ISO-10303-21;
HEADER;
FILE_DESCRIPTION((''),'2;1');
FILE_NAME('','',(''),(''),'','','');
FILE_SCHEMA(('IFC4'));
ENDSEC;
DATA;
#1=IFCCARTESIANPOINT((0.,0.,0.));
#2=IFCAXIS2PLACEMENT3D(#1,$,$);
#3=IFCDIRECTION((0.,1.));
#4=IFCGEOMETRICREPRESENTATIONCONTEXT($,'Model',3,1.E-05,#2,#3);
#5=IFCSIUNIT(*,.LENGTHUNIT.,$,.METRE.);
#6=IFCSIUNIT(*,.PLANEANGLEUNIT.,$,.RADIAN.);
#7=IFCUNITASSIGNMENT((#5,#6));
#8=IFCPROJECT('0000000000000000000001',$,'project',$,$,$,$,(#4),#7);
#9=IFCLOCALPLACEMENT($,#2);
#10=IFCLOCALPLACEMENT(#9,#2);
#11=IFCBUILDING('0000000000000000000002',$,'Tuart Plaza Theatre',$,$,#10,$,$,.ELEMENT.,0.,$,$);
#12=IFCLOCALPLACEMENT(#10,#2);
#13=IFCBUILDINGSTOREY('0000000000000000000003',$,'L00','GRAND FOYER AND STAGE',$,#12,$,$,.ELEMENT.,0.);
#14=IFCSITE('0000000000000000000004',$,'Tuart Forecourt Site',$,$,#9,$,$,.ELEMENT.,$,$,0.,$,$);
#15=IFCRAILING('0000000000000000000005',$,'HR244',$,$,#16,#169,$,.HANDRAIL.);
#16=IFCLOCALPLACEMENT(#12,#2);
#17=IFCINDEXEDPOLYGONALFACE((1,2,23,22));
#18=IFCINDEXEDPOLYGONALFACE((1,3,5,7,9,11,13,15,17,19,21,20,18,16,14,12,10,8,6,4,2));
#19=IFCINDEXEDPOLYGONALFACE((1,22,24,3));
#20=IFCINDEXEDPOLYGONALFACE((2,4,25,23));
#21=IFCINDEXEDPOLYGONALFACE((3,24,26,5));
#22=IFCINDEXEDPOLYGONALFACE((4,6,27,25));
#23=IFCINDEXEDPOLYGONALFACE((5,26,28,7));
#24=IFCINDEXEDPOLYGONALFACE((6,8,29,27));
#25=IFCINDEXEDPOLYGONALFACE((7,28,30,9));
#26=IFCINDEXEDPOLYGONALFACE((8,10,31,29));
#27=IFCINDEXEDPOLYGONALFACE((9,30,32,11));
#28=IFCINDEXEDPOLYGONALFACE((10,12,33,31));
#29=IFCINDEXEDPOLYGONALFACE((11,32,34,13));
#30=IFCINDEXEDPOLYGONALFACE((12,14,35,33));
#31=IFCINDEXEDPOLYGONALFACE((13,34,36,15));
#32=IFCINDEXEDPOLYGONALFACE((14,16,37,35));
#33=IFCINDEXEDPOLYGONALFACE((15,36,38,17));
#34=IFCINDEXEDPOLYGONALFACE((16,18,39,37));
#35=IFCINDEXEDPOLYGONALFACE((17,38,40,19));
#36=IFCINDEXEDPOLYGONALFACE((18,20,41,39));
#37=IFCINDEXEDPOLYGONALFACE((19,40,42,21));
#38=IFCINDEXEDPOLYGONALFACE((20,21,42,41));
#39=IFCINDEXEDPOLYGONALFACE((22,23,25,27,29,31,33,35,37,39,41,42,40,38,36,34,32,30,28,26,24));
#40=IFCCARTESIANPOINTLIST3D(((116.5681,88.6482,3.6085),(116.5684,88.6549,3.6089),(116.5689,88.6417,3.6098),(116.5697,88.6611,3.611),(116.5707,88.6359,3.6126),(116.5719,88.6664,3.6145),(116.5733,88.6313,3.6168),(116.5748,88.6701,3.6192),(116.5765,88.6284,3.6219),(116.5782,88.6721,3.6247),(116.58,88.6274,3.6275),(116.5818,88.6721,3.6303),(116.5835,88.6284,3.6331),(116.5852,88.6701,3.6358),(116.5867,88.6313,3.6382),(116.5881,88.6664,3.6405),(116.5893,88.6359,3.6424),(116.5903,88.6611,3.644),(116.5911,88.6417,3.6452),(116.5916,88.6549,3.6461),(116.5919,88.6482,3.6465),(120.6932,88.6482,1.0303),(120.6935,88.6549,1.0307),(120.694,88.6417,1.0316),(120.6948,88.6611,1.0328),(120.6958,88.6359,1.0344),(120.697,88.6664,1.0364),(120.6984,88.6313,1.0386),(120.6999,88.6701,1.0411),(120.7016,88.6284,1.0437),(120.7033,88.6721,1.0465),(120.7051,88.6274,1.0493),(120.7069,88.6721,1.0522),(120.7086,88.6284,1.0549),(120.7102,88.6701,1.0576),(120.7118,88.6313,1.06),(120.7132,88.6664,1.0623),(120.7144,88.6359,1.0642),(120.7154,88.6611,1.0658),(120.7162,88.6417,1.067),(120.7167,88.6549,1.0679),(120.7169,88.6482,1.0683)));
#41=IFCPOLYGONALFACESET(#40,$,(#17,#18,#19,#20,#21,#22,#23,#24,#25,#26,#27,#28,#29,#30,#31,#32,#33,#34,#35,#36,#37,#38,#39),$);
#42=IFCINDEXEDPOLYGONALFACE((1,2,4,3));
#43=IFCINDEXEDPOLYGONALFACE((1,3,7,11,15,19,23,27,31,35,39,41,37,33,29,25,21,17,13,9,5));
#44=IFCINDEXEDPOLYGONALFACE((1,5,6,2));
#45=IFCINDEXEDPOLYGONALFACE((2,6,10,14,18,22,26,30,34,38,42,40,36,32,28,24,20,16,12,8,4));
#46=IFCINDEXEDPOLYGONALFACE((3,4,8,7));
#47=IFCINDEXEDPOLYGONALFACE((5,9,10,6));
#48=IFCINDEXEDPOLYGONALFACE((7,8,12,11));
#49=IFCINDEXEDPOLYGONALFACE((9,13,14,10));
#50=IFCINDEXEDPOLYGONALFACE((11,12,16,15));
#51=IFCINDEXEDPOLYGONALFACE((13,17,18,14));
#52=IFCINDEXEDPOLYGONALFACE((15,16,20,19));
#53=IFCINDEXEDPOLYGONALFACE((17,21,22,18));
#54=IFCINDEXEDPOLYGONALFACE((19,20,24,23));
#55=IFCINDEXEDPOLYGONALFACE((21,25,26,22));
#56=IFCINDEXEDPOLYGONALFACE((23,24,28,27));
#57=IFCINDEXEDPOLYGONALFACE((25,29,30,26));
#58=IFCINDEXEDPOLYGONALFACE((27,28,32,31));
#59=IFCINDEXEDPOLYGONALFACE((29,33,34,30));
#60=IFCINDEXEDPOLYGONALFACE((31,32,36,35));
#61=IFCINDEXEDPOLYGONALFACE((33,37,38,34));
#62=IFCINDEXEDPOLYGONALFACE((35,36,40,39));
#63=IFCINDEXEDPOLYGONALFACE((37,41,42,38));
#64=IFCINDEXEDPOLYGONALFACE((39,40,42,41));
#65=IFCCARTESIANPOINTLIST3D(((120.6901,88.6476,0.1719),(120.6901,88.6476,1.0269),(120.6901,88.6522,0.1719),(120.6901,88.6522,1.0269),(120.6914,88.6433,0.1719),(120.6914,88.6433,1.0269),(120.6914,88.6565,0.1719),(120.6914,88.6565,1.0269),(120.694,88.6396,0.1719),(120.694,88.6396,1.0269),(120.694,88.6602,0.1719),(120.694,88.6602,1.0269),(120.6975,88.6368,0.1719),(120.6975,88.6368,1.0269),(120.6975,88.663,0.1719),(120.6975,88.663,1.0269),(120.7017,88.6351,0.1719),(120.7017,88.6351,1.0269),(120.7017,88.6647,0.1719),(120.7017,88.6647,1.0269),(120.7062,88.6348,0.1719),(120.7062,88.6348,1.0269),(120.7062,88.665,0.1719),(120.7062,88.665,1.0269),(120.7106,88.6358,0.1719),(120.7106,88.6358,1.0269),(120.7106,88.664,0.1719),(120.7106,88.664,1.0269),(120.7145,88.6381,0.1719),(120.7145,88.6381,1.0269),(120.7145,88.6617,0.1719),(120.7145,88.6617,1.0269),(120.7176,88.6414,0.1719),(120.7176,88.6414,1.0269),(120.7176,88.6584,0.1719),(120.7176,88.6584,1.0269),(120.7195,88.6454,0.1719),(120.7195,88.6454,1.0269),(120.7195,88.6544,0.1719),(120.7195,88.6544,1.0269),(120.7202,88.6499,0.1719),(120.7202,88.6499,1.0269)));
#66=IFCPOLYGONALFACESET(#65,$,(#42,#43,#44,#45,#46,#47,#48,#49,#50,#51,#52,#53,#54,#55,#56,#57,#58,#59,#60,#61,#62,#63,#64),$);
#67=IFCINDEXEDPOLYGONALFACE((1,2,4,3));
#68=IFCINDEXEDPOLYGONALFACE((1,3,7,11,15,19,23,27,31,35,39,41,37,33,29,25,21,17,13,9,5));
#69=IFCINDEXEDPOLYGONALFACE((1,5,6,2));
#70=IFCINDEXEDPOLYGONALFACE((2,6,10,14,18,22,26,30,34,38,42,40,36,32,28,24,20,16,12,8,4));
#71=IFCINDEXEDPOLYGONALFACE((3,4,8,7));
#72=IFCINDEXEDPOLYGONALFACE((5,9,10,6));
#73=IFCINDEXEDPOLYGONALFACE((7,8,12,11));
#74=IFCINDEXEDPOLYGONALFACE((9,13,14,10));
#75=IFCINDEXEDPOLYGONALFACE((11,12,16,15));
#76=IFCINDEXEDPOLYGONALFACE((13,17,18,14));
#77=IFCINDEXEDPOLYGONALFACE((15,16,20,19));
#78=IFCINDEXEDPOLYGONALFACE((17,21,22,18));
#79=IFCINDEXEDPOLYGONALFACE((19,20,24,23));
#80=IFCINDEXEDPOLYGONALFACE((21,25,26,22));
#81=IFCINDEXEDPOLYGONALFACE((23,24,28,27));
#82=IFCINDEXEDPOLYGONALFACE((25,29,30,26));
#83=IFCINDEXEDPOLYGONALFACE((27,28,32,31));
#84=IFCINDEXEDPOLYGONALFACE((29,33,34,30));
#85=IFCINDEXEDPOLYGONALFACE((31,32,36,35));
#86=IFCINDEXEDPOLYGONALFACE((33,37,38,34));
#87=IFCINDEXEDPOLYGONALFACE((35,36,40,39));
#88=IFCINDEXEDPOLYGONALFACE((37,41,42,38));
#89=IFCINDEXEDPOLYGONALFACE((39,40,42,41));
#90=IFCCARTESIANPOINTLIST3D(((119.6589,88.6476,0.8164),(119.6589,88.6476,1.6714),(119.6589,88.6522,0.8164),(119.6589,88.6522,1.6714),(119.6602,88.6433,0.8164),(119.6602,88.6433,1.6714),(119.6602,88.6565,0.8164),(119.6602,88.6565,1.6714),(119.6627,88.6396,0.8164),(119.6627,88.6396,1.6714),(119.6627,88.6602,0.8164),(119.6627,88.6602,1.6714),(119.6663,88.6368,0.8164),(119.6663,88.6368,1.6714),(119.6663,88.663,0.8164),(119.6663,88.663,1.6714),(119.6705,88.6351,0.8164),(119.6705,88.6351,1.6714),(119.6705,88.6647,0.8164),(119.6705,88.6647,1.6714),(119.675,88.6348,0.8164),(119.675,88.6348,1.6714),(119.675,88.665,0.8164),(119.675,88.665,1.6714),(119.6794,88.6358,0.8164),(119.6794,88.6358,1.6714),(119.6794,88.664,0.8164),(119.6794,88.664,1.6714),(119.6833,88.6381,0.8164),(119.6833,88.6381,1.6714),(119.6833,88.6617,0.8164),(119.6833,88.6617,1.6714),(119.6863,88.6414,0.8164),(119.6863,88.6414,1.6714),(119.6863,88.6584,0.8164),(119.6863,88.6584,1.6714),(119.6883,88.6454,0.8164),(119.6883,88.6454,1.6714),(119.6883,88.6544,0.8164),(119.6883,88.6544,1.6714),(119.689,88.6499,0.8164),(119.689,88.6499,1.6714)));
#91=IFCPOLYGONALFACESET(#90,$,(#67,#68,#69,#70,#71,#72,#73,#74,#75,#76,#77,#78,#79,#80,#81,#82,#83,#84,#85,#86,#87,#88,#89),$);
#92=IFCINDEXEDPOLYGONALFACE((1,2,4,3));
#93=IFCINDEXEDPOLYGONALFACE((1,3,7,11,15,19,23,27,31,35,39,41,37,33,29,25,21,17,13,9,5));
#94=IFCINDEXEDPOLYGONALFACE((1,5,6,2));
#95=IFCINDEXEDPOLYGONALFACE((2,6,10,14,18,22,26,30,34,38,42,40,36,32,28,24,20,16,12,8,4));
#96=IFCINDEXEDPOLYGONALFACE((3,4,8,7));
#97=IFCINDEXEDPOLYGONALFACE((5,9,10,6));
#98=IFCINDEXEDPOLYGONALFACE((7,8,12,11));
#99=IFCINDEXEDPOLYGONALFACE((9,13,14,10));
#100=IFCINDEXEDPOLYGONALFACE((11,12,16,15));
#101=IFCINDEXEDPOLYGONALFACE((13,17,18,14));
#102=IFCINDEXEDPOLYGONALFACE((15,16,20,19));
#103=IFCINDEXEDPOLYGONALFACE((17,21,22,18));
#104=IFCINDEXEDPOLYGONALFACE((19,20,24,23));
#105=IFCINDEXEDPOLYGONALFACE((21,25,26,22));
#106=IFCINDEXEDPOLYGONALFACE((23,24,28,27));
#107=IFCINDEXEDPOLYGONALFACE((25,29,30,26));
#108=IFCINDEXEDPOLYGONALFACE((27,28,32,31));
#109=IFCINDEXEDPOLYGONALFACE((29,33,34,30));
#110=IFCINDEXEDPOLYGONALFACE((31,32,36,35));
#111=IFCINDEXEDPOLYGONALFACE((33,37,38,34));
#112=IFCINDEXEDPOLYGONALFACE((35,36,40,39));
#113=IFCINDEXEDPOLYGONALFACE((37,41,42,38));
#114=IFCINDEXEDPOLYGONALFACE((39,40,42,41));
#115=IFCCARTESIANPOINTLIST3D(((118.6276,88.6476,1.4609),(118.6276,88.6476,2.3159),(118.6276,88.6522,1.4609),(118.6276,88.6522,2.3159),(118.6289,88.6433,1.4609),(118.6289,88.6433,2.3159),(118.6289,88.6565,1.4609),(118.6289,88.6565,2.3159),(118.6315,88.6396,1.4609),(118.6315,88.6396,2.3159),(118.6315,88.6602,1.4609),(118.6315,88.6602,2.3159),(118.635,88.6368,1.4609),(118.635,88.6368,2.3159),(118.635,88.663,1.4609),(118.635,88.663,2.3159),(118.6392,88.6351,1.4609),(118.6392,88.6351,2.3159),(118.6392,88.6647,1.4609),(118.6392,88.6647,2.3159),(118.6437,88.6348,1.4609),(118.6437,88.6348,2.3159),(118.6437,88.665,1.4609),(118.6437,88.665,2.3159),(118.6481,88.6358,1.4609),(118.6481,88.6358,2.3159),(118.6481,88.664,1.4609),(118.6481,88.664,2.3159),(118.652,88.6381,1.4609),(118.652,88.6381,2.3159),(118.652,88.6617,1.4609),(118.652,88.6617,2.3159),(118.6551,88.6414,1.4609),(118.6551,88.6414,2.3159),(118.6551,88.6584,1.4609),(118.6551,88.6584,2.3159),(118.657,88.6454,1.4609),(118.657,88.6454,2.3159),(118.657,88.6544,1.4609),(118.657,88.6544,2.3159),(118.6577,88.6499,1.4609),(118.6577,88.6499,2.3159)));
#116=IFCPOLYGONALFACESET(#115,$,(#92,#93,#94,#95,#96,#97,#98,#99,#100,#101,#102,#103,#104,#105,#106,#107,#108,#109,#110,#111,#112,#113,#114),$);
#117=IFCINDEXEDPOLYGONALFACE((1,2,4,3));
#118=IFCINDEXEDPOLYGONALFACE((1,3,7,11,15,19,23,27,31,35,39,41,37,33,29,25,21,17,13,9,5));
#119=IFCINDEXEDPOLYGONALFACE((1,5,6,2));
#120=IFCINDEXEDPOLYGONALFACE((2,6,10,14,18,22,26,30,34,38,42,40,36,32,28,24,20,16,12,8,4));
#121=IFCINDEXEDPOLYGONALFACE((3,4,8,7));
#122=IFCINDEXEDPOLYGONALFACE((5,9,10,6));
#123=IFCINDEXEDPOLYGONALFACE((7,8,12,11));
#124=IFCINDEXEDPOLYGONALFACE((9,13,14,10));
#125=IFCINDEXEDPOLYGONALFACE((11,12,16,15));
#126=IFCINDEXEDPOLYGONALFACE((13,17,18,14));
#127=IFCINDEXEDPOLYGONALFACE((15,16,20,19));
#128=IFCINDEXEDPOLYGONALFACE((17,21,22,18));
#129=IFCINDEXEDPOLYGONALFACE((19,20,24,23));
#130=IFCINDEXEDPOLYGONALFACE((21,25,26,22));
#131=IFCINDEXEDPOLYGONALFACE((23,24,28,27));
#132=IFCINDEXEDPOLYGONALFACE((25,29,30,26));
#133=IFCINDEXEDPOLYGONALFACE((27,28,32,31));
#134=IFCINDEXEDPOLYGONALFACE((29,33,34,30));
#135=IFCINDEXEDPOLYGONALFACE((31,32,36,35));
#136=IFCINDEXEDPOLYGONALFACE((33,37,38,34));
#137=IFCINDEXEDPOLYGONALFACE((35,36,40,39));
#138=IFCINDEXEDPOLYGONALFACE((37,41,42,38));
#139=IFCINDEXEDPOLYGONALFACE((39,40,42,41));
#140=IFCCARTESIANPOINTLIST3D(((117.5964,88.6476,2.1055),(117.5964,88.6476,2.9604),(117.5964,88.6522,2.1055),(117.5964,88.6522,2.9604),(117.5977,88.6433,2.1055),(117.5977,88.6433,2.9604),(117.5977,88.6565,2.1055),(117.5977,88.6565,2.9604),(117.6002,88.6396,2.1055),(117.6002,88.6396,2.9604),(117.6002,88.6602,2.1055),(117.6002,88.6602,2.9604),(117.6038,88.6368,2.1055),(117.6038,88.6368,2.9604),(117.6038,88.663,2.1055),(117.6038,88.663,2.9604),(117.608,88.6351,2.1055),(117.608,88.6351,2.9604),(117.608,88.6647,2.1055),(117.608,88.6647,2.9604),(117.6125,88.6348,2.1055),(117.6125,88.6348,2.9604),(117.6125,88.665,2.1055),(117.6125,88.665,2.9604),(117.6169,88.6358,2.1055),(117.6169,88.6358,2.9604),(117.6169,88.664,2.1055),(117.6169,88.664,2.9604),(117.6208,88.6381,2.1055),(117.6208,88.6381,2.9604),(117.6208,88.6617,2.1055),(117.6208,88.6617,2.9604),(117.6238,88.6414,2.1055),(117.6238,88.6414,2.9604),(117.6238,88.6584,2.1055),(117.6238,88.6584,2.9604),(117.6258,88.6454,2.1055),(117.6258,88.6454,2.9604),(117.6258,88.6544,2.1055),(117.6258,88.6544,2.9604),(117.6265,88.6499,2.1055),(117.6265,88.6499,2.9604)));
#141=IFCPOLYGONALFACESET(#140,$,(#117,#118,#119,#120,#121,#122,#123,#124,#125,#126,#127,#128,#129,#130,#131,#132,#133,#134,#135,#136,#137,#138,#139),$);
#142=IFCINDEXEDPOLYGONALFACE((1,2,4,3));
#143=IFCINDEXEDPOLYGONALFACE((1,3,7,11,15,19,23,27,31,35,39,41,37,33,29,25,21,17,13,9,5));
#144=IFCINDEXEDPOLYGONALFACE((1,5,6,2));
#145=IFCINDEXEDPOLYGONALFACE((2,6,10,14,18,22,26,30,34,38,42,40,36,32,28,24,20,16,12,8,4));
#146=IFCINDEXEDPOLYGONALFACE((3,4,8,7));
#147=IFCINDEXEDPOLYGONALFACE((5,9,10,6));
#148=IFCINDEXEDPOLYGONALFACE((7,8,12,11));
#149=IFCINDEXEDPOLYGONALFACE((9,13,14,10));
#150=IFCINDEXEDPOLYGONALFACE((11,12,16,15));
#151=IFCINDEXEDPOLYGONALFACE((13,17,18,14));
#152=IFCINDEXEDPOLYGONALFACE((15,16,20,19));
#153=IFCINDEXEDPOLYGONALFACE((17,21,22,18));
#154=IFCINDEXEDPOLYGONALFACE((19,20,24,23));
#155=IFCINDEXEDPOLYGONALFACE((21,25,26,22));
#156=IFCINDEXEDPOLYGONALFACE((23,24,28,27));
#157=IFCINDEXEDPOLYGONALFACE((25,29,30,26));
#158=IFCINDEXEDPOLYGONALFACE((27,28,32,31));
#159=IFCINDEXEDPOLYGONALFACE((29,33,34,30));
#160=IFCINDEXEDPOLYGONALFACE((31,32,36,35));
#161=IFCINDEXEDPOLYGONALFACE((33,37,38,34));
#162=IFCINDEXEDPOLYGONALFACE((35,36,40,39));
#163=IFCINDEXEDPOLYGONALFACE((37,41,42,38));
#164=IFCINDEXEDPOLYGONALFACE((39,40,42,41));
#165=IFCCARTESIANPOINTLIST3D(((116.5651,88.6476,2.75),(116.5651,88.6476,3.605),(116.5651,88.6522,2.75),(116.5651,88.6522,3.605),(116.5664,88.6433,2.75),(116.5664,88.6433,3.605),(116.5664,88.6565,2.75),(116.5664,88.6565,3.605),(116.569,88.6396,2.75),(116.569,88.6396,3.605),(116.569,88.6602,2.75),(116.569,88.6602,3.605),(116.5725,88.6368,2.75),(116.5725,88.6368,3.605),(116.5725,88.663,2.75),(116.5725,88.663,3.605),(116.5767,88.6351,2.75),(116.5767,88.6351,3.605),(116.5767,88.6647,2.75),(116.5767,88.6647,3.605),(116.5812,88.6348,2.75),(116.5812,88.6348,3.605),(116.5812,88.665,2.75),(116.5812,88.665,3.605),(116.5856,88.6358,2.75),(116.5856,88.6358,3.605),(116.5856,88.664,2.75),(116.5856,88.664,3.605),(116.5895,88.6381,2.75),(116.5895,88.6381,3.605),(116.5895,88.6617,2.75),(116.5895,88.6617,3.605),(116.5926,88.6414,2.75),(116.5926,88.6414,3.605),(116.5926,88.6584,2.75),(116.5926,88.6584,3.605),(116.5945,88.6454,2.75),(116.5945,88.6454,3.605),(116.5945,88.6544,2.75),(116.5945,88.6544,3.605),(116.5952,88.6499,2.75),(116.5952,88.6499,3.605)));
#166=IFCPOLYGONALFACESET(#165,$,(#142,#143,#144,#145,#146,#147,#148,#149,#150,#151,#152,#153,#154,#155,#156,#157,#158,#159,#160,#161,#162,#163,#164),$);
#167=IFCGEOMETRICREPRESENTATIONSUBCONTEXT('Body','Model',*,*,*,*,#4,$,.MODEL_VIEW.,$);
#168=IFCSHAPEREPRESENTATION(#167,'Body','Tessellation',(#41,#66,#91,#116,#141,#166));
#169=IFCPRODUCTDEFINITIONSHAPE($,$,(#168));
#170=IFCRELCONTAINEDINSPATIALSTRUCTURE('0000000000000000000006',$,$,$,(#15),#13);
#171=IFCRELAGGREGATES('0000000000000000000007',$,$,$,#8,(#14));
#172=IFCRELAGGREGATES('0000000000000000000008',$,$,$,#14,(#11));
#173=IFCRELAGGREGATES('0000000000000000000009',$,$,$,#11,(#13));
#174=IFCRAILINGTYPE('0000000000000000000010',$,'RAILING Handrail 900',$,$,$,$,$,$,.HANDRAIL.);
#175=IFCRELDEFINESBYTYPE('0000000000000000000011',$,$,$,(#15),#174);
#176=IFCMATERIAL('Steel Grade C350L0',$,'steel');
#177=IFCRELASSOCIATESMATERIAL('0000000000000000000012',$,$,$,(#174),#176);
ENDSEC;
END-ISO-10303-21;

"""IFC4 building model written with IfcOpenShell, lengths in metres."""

from ifc_helpers import new_model, si_unit, direction, frame, origin, origin_2d, place, context, subcontext, project, spatial, circle, extrude, material, type_object, element, save


model = new_model("IFC4")

# Units and contexts
model_context = context("Model", 3, precision=1e-05, world=origin(), true_north=direction((0.0, 1.0)))
body_context = subcontext(model_context, "Body", "Model", "MODEL_VIEW")
ifc_project = project(units=[si_unit("LENGTHUNIT", "METRE"), si_unit("PLANEANGLEUNIT", "RADIAN")], contexts=[model_context])

# Site, building, storey
site_placement = place(None, origin())
site = spatial("IfcSite", under=ifc_project, at=site_placement, Name="Tuart Forecourt Site", CompositionType="ELEMENT", RefElevation=0.0)
building_placement = place(site_placement, origin())
building = spatial("IfcBuilding", under=site, at=building_placement, Name="Tuart Plaza Theatre", CompositionType="ELEMENT", ElevationOfRefHeight=0.0)
storey_placement = place(building_placement, origin())
storey = spatial("IfcBuildingStorey", under=building, at=storey_placement, Name="L00", Description="GRAND FOYER AND STAGE", CompositionType="ELEMENT", Elevation=0.0)

# Railing
ifc_material_1 = material(Name="Steel Grade C350L0", Category="steel")
railing_type_1 = type_object("IfcRailingType", Name="RAILING Handrail 900", PredefinedType="HANDRAIL", material=ifc_material_1)
railing_1_placement = place(storey_placement, frame((120.7051, 88.6499, 0.1719)))
element("IfcRailing", 1, at=railing_1_placement, inside=storey, type_object=railing_type_1, Name="HR244", PredefinedType="HANDRAIL", context=body_context, shape_type="SweptSolid", body=[
    extrude(circle(Radius=0.0225, at=origin_2d()), frame((0.0, 0.0, 0.8774), z_axis=(-0.847998, 0.0, 0.529999), x_axis=(0.0, -1.0, 0.0)), (0.0, 0.0, 1.0), 4.8645),
    extrude(circle(Radius=0.0151, at=origin_2d()), origin(), (0.0, 0.0, 1.0), 0.855),
    extrude(circle(Radius=0.0151, at=origin_2d()), frame((-1.0312, 0.0, 0.6445)), (0.0, 0.0, 1.0), 0.855),
    extrude(circle(Radius=0.0151, at=origin_2d()), frame((-2.0625, 0.0, 1.2891)), (0.0, 0.0, 1.0), 0.855),
    extrude(circle(Radius=0.0151, at=origin_2d()), frame((-3.0938, 0.0, 1.9336)), (0.0, 0.0, 1.0), 0.855),
    extrude(circle(Radius=0.0151, at=origin_2d()), frame((-4.125, 0.0, 2.5781)), (0.0, 0.0, 1.0), 0.855),
])

save(model, "model.ifc")
